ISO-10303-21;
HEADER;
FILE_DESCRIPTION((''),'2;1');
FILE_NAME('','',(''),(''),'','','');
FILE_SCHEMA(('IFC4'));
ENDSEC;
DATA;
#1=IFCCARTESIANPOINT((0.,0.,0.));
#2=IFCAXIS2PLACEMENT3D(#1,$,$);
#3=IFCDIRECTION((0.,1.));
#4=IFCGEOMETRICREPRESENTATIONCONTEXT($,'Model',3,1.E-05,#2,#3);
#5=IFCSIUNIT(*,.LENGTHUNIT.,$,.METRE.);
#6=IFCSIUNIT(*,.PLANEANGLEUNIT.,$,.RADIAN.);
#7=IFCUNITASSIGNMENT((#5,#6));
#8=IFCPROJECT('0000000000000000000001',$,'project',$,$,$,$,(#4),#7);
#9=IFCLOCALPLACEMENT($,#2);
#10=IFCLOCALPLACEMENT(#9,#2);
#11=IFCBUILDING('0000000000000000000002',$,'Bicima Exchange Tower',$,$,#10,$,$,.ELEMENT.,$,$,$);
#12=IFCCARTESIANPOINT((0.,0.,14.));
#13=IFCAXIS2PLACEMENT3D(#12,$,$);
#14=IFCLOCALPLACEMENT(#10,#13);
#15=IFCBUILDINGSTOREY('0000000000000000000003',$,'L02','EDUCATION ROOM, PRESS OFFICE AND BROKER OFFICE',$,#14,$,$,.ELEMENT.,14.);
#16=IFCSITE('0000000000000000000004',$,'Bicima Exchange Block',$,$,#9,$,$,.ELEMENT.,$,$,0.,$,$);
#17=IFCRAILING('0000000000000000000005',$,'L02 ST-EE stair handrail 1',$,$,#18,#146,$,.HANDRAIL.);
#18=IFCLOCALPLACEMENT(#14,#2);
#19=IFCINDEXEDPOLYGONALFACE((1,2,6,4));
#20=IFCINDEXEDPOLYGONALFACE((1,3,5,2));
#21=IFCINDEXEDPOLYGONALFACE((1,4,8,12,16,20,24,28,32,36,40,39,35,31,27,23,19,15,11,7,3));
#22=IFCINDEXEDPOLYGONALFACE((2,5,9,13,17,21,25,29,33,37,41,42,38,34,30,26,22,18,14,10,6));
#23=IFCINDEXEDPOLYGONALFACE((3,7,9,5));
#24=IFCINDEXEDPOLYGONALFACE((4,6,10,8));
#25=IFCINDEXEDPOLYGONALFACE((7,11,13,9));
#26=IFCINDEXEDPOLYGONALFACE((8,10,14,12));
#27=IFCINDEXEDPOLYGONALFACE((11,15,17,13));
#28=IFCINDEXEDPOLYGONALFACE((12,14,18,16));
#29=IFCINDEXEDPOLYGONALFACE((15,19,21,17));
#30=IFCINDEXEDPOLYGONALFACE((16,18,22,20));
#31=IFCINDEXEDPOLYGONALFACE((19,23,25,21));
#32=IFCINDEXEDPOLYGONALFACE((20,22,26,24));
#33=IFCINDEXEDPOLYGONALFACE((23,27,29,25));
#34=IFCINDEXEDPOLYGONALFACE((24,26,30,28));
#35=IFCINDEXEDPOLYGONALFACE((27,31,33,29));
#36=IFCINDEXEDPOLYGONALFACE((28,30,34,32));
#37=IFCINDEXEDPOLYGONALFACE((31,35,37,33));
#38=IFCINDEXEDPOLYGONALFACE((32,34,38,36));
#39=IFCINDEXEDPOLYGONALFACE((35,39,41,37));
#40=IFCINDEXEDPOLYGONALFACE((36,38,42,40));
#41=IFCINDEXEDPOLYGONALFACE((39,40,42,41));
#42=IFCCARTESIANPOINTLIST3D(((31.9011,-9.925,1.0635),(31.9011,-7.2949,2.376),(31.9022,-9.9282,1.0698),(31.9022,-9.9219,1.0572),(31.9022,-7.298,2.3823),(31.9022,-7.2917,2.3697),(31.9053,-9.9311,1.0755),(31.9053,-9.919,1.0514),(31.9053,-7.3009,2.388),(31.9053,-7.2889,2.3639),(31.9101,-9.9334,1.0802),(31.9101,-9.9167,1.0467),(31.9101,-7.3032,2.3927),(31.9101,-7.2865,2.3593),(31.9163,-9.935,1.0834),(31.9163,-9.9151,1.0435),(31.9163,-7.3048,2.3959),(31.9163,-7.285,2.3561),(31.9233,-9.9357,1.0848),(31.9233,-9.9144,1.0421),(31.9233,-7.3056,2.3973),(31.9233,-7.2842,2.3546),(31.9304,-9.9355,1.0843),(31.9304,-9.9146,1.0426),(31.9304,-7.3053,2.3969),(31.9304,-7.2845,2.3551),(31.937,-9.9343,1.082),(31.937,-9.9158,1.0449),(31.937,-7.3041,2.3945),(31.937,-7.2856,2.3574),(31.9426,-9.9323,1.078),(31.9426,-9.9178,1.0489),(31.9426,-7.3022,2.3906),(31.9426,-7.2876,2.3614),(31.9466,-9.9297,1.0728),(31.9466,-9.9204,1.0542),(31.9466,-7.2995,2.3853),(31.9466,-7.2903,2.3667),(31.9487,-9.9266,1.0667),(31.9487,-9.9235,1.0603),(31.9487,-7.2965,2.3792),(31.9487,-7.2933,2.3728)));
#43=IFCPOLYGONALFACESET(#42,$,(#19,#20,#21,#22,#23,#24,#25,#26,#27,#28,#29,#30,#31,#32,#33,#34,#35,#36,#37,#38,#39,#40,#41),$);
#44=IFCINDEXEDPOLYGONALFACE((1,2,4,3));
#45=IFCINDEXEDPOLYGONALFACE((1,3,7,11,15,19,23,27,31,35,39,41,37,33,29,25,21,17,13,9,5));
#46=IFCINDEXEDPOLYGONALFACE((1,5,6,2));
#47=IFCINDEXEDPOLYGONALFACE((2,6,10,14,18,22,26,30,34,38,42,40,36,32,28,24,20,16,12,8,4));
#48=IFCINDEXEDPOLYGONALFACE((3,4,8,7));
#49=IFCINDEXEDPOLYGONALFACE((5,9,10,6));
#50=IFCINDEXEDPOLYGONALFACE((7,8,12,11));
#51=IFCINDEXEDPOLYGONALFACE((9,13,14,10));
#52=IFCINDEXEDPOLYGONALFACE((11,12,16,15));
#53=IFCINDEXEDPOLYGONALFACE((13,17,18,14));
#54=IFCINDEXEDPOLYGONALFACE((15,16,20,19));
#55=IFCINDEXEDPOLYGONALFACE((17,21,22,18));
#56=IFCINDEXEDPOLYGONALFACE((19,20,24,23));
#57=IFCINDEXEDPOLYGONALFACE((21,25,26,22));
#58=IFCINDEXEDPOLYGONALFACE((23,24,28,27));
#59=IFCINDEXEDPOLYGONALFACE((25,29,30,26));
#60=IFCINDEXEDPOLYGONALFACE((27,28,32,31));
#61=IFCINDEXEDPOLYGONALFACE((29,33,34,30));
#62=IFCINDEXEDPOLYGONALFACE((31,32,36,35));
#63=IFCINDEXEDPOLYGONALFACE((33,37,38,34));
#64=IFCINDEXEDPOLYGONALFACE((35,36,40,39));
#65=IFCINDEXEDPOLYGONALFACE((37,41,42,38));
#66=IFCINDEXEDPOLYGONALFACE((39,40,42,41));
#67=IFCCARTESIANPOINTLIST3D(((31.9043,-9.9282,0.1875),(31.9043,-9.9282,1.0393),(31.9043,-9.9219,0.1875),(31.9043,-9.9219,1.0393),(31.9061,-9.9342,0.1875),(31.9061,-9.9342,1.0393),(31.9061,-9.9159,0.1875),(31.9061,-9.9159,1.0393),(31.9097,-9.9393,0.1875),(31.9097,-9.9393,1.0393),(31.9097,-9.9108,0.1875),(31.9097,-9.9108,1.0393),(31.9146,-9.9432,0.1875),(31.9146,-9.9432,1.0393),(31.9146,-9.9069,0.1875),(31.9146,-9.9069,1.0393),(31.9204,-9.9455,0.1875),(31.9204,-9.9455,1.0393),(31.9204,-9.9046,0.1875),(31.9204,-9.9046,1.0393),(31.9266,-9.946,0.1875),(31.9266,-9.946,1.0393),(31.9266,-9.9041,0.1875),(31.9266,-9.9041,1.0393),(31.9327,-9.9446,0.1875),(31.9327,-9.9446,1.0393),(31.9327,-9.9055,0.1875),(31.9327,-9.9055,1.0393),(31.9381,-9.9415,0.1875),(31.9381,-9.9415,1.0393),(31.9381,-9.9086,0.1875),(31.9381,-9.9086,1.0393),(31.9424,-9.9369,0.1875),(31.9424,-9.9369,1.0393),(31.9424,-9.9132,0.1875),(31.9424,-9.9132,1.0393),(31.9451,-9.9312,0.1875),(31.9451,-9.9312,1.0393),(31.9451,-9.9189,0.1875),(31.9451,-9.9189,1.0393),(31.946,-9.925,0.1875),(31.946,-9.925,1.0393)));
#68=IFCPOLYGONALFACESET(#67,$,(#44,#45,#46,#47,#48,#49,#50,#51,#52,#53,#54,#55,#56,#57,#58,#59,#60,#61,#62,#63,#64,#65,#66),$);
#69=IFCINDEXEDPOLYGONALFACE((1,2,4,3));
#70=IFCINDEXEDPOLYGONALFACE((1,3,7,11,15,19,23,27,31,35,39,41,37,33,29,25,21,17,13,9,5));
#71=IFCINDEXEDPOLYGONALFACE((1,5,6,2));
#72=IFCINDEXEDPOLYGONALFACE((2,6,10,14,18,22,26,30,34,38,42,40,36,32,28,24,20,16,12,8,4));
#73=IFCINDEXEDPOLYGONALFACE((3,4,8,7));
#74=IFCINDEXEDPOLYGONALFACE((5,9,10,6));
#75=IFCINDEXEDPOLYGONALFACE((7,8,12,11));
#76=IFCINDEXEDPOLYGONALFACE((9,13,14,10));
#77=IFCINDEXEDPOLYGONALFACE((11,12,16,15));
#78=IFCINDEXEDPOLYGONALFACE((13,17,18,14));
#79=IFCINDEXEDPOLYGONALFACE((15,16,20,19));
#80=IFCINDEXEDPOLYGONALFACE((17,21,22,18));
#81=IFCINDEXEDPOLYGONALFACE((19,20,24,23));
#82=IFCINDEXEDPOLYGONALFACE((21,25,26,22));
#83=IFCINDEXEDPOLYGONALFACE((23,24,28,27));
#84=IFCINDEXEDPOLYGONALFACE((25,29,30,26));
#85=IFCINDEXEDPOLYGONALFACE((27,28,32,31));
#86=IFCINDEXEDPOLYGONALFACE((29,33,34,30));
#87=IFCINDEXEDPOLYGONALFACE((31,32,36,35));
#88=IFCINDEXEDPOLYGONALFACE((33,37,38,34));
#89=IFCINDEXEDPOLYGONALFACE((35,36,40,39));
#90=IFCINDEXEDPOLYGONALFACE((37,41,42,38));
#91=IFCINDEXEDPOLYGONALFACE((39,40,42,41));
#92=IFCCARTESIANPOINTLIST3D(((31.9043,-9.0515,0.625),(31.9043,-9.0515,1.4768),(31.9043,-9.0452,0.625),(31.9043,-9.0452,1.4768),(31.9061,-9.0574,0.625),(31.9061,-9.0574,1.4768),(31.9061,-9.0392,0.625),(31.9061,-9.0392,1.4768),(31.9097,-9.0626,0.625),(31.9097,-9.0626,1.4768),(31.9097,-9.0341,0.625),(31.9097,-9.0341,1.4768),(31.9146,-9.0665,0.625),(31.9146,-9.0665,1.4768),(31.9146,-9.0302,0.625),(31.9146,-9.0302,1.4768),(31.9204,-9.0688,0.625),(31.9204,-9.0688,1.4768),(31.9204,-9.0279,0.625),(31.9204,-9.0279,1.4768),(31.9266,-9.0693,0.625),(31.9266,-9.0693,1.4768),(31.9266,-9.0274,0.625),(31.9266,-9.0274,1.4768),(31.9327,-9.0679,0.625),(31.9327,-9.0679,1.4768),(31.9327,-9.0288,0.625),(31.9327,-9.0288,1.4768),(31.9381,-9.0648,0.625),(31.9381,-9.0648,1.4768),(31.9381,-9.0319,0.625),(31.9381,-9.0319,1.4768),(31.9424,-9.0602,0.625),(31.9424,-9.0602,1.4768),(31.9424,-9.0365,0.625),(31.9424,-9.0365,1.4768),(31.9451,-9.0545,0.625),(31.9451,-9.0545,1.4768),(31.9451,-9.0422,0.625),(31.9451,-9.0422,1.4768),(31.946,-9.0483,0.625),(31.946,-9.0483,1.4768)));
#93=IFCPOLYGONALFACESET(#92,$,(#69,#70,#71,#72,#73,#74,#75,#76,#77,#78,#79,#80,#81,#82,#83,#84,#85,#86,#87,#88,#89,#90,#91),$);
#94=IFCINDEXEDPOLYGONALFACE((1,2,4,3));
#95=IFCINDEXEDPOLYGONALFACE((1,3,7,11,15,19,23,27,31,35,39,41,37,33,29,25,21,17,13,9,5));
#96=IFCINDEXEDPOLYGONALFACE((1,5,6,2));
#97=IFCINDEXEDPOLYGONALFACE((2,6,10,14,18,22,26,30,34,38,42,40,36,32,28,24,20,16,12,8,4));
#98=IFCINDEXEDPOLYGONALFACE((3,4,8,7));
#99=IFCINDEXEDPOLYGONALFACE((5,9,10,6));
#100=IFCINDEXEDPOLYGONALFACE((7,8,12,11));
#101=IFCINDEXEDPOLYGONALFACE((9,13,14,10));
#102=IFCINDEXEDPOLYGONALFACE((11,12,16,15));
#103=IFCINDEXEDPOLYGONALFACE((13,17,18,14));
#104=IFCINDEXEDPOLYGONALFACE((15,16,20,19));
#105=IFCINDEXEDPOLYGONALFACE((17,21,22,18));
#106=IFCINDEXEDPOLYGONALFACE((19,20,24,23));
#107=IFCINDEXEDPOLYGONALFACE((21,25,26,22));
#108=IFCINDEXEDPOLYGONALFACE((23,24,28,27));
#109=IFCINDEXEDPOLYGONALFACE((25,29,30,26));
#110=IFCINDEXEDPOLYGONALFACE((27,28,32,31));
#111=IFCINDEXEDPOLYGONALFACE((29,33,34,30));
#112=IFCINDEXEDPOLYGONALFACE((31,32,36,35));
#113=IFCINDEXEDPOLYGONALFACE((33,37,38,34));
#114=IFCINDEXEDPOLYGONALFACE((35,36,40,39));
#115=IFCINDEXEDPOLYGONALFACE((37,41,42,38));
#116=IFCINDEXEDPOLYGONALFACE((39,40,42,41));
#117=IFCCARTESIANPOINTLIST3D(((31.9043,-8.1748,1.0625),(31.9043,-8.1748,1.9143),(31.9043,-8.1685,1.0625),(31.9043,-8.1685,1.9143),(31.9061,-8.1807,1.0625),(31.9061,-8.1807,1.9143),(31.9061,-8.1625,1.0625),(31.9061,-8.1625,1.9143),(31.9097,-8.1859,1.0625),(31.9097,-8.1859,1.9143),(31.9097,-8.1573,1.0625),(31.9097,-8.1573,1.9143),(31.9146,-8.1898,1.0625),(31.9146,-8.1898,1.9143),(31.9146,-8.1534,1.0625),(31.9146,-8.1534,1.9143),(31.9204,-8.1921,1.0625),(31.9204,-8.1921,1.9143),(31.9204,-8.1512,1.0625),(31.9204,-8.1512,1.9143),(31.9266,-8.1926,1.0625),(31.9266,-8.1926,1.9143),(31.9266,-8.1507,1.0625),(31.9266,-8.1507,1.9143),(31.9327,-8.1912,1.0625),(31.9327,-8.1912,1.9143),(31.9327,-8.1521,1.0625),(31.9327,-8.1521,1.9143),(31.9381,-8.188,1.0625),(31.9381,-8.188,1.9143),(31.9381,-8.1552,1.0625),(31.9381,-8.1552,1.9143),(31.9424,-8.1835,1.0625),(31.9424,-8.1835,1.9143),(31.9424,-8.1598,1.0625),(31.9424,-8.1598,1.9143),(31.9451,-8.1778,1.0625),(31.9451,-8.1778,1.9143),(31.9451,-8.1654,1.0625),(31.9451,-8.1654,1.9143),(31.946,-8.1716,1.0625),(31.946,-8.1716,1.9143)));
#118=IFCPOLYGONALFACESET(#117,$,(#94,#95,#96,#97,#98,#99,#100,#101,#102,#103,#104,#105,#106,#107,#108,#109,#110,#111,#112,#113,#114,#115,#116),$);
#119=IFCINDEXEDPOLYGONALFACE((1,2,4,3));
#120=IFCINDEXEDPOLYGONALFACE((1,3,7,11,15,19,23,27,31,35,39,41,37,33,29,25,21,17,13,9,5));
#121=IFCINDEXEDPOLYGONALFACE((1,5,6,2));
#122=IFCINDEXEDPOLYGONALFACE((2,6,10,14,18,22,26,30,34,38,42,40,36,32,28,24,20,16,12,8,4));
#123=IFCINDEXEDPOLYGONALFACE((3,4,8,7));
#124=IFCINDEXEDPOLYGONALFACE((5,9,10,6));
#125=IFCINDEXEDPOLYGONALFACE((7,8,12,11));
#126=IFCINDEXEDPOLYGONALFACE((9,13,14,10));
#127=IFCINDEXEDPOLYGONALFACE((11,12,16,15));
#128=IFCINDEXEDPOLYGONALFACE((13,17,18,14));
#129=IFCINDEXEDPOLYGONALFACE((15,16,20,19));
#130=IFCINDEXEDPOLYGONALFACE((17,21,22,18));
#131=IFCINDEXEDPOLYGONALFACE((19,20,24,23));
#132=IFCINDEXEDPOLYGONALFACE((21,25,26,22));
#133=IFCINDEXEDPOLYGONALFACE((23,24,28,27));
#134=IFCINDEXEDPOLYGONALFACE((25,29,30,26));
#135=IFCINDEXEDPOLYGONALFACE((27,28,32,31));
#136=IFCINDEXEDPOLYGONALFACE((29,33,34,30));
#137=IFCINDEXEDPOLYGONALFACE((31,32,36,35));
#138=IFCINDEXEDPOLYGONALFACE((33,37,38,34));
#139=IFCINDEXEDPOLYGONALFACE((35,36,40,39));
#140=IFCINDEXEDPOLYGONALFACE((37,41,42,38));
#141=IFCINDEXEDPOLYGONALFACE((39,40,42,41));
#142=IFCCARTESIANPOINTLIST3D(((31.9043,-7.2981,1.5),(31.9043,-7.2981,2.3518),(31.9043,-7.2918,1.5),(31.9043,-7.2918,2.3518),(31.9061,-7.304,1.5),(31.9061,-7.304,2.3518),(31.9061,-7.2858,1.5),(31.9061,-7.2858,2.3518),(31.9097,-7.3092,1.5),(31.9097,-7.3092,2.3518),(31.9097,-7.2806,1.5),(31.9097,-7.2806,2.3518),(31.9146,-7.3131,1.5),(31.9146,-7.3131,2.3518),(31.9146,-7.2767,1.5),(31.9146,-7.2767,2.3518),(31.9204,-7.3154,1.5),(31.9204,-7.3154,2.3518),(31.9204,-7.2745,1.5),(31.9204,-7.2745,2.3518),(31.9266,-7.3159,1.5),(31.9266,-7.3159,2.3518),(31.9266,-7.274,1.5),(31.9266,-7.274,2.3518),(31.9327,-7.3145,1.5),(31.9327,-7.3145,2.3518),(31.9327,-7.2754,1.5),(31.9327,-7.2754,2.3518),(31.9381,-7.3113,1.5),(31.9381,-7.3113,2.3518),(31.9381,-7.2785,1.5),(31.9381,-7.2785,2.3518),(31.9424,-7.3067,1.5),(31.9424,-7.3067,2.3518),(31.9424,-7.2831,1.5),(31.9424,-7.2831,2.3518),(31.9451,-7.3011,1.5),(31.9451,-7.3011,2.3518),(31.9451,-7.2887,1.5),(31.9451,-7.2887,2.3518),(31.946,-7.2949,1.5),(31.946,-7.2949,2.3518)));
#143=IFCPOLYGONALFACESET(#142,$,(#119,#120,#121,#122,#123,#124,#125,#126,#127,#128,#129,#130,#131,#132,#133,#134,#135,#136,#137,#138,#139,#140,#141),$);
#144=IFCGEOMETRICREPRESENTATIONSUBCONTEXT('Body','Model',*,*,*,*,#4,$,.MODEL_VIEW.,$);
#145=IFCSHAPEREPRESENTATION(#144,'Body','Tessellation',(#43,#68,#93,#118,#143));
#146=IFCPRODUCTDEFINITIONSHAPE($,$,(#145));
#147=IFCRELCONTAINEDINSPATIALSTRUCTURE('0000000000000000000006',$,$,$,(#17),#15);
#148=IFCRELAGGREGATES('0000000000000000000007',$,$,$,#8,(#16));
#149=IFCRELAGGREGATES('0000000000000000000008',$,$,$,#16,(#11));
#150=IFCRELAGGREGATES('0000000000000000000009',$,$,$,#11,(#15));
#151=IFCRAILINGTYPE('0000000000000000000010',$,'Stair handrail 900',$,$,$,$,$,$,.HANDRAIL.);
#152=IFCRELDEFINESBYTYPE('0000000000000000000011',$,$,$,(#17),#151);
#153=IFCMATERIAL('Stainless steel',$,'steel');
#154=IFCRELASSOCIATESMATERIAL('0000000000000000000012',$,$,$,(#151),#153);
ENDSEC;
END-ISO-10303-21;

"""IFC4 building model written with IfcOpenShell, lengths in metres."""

from ifc_helpers import new_model, si_unit, direction, frame, origin, origin_2d, place, context, subcontext, project, spatial, circle, extrude, material, type_object, element, save


model = new_model("IFC4")

# Units and contexts
model_context = context("Model", 3, precision=1e-05, world=origin(), true_north=direction((0.0, 1.0)))
body_context = subcontext(model_context, "Body", "Model", "MODEL_VIEW")
ifc_project = project(units=[si_unit("LENGTHUNIT", "METRE"), si_unit("PLANEANGLEUNIT", "RADIAN")], contexts=[model_context])

# Site, building, storey
site_placement = place(None, origin())
site = spatial("IfcSite", under=ifc_project, at=site_placement, Name="Bicima Exchange Block", CompositionType="ELEMENT", RefElevation=0.0)
building_placement = place(site_placement, origin())
building = spatial("IfcBuilding", under=site, at=building_placement, Name="Bicima Exchange Tower", CompositionType="ELEMENT")
storey_placement = place(building_placement, frame((0.0, 0.0, 14.0)))
storey = spatial("IfcBuildingStorey", under=building, at=storey_placement, Name="L02", Description="EDUCATION ROOM, PRESS OFFICE AND BROKER OFFICE", CompositionType="ELEMENT", Elevation=14.0)

# Railing
ifc_material_1 = material(Name="Stainless steel", Category="steel")
railing_type_1 = type_object("IfcRailingType", Name="Stair handrail 900", PredefinedType="HANDRAIL", material=ifc_material_1)
railing_1_placement = place(storey_placement, frame((31.925, -9.925, 0.1875)))
element("IfcRailing", 1, at=railing_1_placement, inside=storey, type_object=railing_type_1, Name="L02 ST-EE stair handrail 1", PredefinedType="HANDRAIL", context=body_context, shape_type="SweptSolid", body=[
    extrude(circle(Radius=0.0239, at=origin_2d()), frame((0.0, 0.0, 0.876), z_axis=(0.0, 0.894776, 0.446516), x_axis=(-1.0, 0.0, 0.0)), (0.0, 0.0, 1.0), 2.9395),
    extrude(circle(Radius=0.021, at=origin_2d()), origin(), (0.0, 0.0, 1.0), 0.8518),
    extrude(circle(Radius=0.021, at=origin_2d()), frame((0.0, 0.8767, 0.4375)), (0.0, 0.0, 1.0), 0.8518),
    extrude(circle(Radius=0.021, at=origin_2d()), frame((0.0, 1.7534, 0.875)), (0.0, 0.0, 1.0), 0.8518),
    extrude(circle(Radius=0.021, at=origin_2d()), frame((0.0, 2.6301, 1.3125)), (0.0, 0.0, 1.0), 0.8518),
])

save(model, "model.ifc")
